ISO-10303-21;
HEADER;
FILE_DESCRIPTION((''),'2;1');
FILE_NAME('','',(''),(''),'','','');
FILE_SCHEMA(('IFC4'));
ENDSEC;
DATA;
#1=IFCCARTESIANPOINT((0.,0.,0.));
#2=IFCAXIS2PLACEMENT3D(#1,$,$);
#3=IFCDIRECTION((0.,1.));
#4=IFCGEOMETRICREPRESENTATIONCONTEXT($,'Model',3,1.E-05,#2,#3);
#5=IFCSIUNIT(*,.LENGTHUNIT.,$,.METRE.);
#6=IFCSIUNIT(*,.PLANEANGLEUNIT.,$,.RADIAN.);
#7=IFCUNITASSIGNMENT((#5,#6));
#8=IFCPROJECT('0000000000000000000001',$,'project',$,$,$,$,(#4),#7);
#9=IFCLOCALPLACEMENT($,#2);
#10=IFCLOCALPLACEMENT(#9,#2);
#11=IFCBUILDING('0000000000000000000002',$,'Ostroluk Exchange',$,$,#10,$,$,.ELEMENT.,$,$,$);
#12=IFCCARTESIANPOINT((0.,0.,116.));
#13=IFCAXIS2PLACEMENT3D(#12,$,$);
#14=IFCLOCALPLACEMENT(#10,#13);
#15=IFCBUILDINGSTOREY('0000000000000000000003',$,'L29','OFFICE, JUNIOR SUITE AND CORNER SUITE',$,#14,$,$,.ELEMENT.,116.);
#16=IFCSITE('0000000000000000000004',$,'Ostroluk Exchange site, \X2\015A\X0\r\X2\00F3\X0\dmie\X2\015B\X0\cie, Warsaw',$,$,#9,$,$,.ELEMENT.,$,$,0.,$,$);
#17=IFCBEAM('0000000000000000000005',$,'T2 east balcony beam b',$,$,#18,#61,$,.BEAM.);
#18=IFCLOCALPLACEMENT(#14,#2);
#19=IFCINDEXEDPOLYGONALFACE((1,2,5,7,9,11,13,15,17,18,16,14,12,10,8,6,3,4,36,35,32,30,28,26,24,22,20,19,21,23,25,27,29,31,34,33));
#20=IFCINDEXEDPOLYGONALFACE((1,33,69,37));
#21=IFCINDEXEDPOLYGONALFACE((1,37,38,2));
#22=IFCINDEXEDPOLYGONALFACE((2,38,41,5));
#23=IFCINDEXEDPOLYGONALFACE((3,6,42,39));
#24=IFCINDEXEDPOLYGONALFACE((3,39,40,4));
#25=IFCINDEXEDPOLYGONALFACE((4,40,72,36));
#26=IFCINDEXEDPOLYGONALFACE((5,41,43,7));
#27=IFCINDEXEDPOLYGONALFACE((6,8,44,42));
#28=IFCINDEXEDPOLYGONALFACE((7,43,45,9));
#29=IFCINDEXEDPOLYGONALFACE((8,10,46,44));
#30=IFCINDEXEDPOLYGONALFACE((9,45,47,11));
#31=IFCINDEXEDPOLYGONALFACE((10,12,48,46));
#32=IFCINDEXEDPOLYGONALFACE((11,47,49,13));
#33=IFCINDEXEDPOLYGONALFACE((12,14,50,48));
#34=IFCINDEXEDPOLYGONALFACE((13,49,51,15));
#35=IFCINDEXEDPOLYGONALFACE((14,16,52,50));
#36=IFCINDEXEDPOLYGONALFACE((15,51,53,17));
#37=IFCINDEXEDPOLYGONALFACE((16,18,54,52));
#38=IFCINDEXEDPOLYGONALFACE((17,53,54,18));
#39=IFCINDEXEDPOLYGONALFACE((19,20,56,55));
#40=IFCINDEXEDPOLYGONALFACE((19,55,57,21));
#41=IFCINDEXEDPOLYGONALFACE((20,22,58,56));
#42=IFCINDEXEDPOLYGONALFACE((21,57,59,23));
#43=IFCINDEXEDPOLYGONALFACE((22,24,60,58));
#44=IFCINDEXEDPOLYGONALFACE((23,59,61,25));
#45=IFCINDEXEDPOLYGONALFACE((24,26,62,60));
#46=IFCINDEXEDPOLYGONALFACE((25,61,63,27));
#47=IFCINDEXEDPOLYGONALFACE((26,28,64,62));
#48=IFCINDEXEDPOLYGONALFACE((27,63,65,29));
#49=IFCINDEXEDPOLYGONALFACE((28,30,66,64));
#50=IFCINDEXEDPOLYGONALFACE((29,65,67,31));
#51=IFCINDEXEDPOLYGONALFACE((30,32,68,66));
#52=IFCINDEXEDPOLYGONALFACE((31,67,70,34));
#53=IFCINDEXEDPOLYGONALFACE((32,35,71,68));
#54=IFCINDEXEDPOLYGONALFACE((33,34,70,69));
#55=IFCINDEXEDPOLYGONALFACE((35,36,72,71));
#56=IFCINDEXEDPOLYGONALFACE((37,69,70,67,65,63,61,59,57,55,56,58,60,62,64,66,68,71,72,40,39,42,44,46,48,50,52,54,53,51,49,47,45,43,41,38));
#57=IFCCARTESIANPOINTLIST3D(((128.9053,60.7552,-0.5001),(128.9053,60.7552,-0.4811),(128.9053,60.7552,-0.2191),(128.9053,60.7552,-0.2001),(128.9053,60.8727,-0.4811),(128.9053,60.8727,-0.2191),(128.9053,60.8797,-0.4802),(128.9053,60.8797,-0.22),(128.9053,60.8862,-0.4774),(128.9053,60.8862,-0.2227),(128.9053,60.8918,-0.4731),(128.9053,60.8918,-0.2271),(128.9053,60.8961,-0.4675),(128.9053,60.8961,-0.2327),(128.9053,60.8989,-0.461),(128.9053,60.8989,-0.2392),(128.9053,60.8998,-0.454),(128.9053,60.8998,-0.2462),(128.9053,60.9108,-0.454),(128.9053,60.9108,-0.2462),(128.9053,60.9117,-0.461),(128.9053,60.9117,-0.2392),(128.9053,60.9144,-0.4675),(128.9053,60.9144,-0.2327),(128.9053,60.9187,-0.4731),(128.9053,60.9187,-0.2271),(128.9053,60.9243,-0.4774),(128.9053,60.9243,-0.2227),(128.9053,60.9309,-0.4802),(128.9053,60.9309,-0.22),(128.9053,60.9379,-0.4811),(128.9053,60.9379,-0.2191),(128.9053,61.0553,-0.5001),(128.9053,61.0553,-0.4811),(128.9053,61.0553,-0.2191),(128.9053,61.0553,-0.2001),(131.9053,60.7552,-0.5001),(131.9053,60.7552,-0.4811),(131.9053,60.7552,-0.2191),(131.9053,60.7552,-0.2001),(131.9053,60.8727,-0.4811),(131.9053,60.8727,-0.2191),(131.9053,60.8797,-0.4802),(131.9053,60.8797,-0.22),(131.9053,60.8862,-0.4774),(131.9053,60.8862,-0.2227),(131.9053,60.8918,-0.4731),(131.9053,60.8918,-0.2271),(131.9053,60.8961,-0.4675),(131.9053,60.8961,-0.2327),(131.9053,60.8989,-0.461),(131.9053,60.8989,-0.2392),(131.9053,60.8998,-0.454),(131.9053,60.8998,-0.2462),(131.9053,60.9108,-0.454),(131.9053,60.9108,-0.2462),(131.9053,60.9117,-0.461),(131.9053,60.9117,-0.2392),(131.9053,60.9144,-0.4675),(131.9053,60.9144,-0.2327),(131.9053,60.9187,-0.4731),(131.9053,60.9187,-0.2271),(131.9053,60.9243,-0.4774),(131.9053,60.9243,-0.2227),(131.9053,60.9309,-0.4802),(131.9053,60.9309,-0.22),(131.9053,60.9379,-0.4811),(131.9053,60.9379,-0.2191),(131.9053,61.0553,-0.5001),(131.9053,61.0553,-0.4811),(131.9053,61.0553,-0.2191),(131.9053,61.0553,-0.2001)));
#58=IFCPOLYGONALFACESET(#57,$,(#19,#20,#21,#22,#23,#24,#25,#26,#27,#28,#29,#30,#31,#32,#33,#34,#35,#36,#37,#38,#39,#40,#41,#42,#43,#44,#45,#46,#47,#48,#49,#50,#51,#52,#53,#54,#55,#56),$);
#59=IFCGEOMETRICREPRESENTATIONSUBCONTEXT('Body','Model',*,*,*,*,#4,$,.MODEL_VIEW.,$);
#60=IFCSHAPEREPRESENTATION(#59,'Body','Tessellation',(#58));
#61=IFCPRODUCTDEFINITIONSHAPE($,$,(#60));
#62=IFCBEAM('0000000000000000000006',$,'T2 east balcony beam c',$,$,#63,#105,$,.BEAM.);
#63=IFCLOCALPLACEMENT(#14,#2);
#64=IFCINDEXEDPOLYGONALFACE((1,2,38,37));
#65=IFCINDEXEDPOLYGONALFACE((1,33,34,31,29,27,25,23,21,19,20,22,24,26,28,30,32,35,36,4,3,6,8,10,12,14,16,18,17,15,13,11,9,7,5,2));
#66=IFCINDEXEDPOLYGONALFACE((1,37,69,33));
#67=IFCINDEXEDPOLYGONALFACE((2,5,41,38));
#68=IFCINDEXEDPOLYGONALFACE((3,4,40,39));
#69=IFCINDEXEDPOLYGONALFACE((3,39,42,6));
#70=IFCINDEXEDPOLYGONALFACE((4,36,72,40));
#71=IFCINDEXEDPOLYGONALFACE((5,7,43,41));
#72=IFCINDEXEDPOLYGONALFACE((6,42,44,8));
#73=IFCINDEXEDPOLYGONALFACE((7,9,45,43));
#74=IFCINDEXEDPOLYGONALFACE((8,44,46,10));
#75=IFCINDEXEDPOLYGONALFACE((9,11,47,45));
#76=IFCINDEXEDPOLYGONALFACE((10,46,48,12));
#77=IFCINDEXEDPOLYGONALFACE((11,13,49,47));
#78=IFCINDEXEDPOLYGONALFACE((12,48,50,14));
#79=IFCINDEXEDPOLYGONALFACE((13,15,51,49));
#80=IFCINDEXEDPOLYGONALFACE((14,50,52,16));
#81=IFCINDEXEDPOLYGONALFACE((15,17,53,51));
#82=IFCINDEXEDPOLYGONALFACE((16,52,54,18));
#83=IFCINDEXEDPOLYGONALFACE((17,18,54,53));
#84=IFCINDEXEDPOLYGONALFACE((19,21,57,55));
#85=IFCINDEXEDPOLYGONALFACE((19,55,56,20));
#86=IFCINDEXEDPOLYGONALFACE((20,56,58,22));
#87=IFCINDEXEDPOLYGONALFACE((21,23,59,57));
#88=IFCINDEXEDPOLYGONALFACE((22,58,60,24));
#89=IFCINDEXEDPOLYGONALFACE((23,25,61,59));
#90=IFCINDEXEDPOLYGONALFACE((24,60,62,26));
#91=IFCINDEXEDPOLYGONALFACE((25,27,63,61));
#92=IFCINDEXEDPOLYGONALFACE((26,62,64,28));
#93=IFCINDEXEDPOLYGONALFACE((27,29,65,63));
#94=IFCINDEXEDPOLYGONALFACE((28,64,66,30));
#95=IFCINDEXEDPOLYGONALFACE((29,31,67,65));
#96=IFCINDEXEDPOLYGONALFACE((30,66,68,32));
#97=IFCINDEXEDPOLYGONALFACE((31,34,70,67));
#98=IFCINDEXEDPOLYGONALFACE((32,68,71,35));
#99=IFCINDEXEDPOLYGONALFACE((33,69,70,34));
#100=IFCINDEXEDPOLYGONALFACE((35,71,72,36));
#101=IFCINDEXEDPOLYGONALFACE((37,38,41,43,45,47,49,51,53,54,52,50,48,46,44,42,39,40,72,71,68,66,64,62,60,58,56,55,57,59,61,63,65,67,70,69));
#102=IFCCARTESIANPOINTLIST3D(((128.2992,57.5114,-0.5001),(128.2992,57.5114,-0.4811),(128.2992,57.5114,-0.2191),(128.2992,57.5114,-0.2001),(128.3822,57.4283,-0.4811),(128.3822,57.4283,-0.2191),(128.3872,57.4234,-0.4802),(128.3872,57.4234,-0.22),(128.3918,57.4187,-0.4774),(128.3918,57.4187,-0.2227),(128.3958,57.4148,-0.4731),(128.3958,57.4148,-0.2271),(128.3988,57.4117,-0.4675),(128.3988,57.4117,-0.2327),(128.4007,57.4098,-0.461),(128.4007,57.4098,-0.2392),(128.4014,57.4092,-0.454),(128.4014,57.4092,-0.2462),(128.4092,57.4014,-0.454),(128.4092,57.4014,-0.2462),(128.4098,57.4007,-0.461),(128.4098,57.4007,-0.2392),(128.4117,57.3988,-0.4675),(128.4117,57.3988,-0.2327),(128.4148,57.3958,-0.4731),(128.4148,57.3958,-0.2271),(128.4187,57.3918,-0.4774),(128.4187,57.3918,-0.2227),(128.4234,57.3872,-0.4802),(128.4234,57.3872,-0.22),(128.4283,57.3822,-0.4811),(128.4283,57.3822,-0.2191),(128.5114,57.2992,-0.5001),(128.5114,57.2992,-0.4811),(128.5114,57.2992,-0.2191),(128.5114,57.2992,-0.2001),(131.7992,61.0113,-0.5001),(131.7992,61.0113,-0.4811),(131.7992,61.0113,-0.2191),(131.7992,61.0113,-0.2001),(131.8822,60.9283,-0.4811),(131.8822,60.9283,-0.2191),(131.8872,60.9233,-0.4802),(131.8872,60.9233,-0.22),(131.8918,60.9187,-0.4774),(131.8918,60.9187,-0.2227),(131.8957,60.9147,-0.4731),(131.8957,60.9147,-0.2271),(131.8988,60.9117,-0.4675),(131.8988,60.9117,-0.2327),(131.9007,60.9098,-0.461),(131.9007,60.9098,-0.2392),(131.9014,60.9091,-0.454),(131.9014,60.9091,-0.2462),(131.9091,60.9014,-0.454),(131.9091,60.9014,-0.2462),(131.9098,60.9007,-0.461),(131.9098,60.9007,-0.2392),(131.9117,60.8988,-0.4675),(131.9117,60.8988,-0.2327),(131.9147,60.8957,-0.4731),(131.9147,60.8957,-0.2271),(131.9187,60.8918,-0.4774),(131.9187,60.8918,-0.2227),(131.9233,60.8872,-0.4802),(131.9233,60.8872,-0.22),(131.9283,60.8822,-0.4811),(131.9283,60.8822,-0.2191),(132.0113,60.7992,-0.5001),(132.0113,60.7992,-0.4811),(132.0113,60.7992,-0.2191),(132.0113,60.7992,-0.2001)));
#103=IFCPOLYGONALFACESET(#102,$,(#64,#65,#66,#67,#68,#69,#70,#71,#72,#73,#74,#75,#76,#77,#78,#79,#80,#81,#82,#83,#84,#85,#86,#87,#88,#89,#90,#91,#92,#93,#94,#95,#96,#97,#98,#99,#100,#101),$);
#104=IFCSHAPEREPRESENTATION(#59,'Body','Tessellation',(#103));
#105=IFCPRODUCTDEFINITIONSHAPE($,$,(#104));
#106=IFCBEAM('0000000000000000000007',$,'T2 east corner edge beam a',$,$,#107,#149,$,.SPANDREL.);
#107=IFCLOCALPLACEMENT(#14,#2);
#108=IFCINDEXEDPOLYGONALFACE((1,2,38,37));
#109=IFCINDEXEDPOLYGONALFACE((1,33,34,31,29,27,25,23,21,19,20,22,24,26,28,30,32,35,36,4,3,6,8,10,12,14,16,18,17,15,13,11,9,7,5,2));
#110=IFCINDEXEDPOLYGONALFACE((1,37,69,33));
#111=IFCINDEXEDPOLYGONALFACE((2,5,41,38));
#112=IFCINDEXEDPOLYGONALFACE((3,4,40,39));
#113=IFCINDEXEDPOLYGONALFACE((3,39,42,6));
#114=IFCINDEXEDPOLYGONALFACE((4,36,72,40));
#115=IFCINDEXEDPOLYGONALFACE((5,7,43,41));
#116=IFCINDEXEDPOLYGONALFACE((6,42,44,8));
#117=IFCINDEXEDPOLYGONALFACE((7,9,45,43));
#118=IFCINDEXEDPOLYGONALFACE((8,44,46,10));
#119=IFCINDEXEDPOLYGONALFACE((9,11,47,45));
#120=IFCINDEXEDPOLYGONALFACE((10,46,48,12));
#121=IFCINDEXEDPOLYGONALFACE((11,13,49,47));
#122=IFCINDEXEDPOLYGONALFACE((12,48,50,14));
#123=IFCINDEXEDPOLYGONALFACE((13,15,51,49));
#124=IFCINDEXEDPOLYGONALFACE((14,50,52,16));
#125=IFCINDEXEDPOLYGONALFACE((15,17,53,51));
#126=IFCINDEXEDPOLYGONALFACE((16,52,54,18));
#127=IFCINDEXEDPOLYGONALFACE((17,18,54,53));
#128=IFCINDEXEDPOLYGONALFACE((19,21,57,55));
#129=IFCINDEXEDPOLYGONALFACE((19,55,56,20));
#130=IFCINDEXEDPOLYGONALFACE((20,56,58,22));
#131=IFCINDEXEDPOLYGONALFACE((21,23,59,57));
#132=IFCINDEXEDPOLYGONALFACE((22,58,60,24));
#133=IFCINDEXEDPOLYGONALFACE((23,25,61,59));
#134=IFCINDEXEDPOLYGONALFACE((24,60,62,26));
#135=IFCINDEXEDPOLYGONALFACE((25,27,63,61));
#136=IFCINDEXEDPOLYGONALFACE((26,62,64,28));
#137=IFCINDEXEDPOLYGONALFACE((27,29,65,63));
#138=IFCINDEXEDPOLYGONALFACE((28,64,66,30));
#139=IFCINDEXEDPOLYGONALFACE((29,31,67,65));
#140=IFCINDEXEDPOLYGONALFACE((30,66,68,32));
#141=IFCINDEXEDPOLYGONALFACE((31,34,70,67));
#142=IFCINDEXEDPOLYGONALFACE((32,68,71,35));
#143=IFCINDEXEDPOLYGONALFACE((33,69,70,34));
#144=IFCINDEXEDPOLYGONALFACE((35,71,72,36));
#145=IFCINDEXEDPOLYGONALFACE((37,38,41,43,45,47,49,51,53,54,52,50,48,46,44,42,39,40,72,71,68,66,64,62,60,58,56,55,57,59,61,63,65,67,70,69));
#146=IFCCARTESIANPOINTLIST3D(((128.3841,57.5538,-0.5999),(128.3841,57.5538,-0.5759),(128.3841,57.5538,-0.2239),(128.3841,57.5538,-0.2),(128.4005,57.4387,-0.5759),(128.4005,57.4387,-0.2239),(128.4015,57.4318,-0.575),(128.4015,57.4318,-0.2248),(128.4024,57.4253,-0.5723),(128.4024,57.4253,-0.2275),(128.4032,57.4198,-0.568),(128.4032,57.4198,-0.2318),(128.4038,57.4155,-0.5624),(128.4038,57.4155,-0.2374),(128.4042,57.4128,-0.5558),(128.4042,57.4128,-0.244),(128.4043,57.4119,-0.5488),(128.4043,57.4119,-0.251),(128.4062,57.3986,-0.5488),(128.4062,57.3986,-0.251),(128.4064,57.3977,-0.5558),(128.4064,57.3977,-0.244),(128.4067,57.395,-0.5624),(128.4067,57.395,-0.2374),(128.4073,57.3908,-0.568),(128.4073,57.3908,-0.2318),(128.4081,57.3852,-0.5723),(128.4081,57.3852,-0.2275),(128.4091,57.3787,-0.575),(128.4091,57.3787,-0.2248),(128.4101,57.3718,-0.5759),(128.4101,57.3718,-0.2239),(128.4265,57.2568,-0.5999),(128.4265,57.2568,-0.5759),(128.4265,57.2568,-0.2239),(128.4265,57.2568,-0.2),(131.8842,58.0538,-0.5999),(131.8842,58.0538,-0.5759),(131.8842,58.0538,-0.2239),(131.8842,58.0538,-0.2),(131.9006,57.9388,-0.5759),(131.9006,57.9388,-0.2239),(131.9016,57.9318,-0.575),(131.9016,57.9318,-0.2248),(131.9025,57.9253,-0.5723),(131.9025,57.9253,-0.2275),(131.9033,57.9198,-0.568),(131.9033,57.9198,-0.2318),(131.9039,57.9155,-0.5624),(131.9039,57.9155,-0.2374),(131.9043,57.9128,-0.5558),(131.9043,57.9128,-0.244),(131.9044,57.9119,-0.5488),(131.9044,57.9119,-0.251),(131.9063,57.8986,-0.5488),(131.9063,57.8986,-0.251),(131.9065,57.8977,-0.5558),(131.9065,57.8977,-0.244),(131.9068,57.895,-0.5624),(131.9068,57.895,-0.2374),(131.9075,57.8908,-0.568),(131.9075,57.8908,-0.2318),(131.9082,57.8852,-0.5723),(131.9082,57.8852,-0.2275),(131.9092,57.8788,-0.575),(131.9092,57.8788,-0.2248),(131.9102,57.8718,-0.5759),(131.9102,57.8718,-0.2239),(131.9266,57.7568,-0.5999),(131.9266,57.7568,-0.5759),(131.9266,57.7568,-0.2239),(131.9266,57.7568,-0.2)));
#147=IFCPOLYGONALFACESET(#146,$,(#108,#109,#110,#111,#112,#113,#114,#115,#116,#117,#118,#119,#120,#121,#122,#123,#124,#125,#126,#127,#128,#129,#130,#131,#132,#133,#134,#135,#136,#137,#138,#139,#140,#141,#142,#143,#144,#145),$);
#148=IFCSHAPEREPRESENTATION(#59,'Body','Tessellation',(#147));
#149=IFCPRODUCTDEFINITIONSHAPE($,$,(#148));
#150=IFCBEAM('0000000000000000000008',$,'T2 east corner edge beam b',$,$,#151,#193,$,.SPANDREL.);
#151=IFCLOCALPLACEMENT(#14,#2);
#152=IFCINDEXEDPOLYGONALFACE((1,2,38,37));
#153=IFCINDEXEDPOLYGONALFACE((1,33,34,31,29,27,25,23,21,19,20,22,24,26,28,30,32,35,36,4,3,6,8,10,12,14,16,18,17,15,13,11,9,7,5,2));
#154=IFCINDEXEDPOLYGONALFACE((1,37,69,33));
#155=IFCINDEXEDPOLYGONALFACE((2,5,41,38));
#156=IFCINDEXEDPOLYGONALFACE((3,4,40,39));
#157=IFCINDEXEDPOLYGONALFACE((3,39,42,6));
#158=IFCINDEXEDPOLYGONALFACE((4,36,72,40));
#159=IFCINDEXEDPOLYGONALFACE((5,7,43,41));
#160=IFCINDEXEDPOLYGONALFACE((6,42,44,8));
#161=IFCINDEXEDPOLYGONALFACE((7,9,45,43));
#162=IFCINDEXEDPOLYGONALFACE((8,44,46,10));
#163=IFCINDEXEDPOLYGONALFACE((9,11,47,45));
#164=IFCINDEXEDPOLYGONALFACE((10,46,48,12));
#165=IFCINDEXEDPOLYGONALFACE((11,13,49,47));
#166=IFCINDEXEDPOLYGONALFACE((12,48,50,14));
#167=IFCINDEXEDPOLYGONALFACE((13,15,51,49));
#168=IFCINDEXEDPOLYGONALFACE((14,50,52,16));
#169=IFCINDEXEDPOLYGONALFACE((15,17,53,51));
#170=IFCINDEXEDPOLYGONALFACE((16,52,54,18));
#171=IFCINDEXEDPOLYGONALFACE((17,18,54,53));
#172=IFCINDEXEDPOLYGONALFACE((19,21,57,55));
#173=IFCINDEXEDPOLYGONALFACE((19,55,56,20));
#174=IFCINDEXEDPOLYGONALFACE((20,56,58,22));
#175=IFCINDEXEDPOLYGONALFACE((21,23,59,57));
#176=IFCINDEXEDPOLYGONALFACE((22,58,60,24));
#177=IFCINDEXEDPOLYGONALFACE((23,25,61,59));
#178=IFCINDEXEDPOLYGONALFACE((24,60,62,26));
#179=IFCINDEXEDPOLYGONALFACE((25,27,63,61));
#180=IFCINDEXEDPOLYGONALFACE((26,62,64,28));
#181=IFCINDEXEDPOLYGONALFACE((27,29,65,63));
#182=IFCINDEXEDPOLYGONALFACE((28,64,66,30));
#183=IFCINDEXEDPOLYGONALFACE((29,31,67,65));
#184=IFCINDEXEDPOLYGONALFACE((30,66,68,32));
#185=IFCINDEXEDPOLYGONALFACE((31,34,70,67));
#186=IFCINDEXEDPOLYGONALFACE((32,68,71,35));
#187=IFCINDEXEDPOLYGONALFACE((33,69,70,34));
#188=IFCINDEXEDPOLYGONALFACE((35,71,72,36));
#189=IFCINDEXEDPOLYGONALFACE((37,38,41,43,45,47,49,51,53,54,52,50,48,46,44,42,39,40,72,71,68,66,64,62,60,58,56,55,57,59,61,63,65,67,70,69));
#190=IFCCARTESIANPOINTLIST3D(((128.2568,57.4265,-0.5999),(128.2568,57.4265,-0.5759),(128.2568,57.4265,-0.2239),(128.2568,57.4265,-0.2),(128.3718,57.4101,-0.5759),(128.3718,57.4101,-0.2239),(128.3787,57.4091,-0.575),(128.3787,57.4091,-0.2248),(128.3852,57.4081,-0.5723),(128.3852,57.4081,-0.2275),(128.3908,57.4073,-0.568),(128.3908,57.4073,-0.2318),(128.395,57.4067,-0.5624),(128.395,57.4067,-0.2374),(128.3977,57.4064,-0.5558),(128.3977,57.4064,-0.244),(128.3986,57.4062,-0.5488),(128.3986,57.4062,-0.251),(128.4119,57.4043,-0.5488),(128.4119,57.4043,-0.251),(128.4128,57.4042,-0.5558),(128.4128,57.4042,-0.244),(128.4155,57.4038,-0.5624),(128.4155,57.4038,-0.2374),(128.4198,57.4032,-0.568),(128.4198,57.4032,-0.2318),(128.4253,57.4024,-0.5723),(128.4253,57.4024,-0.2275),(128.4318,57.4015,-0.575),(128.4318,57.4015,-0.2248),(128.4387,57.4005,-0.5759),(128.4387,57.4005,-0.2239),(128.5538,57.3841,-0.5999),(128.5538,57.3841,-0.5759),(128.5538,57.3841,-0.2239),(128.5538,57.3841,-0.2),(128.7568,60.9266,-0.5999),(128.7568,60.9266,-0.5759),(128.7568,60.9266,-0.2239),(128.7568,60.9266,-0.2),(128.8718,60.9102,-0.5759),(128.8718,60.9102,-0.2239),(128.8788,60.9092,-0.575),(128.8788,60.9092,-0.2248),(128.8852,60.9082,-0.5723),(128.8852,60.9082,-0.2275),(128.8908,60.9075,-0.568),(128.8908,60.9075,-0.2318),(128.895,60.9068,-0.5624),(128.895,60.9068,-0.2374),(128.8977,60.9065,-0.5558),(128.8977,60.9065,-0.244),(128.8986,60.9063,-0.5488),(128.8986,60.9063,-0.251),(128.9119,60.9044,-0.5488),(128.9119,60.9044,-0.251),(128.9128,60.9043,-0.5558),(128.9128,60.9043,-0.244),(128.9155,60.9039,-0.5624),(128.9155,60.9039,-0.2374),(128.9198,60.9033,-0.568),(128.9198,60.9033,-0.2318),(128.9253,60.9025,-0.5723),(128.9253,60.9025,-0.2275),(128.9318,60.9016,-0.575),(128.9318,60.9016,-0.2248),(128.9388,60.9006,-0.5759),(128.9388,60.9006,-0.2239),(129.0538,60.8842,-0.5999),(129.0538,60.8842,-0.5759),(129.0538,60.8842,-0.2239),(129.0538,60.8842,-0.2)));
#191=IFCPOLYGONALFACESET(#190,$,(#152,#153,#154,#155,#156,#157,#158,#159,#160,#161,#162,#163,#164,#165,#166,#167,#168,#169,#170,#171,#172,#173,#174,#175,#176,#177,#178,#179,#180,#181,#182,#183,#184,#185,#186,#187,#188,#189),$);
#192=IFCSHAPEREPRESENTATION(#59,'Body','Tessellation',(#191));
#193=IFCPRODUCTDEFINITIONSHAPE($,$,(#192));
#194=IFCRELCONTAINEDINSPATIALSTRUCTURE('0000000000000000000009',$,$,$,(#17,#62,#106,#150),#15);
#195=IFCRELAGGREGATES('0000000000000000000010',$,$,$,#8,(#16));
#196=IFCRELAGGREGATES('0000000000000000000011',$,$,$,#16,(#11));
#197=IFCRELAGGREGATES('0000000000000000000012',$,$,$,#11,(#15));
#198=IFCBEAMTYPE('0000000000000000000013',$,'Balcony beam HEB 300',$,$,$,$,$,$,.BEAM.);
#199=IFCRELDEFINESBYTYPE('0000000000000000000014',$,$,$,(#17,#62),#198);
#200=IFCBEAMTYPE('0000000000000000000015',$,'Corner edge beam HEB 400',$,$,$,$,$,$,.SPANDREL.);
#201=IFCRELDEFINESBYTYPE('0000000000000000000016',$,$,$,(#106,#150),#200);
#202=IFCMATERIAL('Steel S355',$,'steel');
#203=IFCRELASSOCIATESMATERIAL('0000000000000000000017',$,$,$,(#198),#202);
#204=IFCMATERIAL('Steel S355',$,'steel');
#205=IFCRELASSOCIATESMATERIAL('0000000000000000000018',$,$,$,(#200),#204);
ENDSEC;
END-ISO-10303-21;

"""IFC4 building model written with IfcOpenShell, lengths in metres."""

from ifc_helpers import new_model, si_unit, direction, frame, origin, origin_2d, place, context, subcontext, project, spatial, i_section, extrude, material, material_profile, profile_set, type_object, element, save


model = new_model("IFC4")

# Units and contexts
model_context = context("Model", 3, precision=1e-05, world=origin(), true_north=direction((0.0, 1.0)))
body_context = subcontext(model_context, "Body", "Model", "MODEL_VIEW")
ifc_project = project(units=[si_unit("LENGTHUNIT", "METRE"), si_unit("PLANEANGLEUNIT", "RADIAN")], contexts=[model_context])

# Site, building, storey
site_placement = place(None, origin())
site = spatial("IfcSite", under=ifc_project, at=site_placement, Name="Ostroluk Exchange site, Śródmieście, Warsaw", CompositionType="ELEMENT", RefElevation=0.0)
building_placement = place(site_placement, origin())
building = spatial("IfcBuilding", under=site, at=building_placement, Name="Ostroluk Exchange", CompositionType="ELEMENT")
storey_placement = place(building_placement, frame((0.0, 0.0, 116.0)))
storey = spatial("IfcBuildingStorey", under=building, at=storey_placement, Name="L29", Description="OFFICE, JUNIOR SUITE AND CORNER SUITE", CompositionType="ELEMENT", Elevation=116.0)

# Beams
ifc_material_1 = material(Name="Steel S355", Category="steel")
ifc_material_profile_1 = material_profile(ifc_material_1, i_section(OverallWidth=0.3, OverallDepth=0.3, WebThickness=0.011, FlangeThickness=0.019, FilletRadius=0.0271, at=origin_2d()), Name="HEB 300")
ifc_profile_set_1 = profile_set([ifc_material_profile_1], Name="Steel S355")
beam_type_1 = type_object("IfcBeamType", Name="Balcony beam HEB 300", PredefinedType="BEAM", material=ifc_profile_set_1)
for number, where, z_axis, x_axis, name in (
    (1, (128.9053, 60.9053, -0.3501), (1.0, 0.0, 0.0), (0.0, 1.0, 0.0), "T2 east balcony beam b"),
):
    element("IfcBeam", number, at=place(storey_placement, frame(where, z_axis=z_axis, x_axis=x_axis)), inside=storey, type_object=beam_type_1, Name=name, PredefinedType="BEAM", context=body_context, shape_type="SweptSolid", body=[
        extrude(i_section(OverallWidth=0.3, OverallDepth=0.3, WebThickness=0.011, FlangeThickness=0.019, FilletRadius=0.0271, at=origin_2d()), origin(), (0.0, 0.0, 1.0), 3.0),
    ])
beam_1_placement = place(storey_placement, frame((128.4053, 57.4053, -0.3501), z_axis=(0.707107, 0.707107, 0.0), x_axis=(-0.707107, 0.707107, 0.0)))
element("IfcBeam", 2, at=beam_1_placement, inside=storey, type_object=beam_type_1, Name="T2 east balcony beam c", PredefinedType="BEAM", context=body_context, shape_type="SweptSolid", body=[
    extrude(i_section(OverallWidth=0.3, OverallDepth=0.3, WebThickness=0.011, FlangeThickness=0.019, FilletRadius=0.0271, at=origin_2d()), origin(), (0.0, 0.0, 1.0), 4.9497),
])
ifc_material_2 = material(Name="Steel S355", Category="steel")
ifc_material_profile_2 = material_profile(ifc_material_2, i_section(OverallWidth=0.3, OverallDepth=0.3999, WebThickness=0.0134, FlangeThickness=0.0239, FilletRadius=0.0271, at=origin_2d()), Name="HEB 400")
ifc_profile_set_2 = profile_set([ifc_material_profile_2], Name="Steel S355")
beam_type_2 = type_object("IfcBeamType", Name="Corner edge beam HEB 400", PredefinedType="SPANDREL", material=ifc_profile_set_2)
for number, where, z_axis, x_axis, name in (
    (3, (128.4053, 57.4053, -0.3999), (0.989949, 0.141421, 0.0), (-0.141421, 0.989949, 0.0), "T2 east corner edge beam a"),
    (4, (128.4053, 57.4053, -0.3999), (0.141421, 0.989949, 0.0), (-0.989949, 0.141421, 0.0), "T2 east corner edge beam b"),
):
    element("IfcBeam", number, at=place(storey_placement, frame(where, z_axis=z_axis, x_axis=x_axis)), inside=storey, type_object=beam_type_2, Name=name, PredefinedType="SPANDREL", context=body_context, shape_type="SweptSolid", body=[
        extrude(i_section(OverallWidth=0.3, OverallDepth=0.3999, WebThickness=0.0134, FlangeThickness=0.0239, FilletRadius=0.0271, at=origin_2d()), origin(), (0.0, 0.0, 1.0), 3.5356),
    ])

save(model, "model.ifc")
